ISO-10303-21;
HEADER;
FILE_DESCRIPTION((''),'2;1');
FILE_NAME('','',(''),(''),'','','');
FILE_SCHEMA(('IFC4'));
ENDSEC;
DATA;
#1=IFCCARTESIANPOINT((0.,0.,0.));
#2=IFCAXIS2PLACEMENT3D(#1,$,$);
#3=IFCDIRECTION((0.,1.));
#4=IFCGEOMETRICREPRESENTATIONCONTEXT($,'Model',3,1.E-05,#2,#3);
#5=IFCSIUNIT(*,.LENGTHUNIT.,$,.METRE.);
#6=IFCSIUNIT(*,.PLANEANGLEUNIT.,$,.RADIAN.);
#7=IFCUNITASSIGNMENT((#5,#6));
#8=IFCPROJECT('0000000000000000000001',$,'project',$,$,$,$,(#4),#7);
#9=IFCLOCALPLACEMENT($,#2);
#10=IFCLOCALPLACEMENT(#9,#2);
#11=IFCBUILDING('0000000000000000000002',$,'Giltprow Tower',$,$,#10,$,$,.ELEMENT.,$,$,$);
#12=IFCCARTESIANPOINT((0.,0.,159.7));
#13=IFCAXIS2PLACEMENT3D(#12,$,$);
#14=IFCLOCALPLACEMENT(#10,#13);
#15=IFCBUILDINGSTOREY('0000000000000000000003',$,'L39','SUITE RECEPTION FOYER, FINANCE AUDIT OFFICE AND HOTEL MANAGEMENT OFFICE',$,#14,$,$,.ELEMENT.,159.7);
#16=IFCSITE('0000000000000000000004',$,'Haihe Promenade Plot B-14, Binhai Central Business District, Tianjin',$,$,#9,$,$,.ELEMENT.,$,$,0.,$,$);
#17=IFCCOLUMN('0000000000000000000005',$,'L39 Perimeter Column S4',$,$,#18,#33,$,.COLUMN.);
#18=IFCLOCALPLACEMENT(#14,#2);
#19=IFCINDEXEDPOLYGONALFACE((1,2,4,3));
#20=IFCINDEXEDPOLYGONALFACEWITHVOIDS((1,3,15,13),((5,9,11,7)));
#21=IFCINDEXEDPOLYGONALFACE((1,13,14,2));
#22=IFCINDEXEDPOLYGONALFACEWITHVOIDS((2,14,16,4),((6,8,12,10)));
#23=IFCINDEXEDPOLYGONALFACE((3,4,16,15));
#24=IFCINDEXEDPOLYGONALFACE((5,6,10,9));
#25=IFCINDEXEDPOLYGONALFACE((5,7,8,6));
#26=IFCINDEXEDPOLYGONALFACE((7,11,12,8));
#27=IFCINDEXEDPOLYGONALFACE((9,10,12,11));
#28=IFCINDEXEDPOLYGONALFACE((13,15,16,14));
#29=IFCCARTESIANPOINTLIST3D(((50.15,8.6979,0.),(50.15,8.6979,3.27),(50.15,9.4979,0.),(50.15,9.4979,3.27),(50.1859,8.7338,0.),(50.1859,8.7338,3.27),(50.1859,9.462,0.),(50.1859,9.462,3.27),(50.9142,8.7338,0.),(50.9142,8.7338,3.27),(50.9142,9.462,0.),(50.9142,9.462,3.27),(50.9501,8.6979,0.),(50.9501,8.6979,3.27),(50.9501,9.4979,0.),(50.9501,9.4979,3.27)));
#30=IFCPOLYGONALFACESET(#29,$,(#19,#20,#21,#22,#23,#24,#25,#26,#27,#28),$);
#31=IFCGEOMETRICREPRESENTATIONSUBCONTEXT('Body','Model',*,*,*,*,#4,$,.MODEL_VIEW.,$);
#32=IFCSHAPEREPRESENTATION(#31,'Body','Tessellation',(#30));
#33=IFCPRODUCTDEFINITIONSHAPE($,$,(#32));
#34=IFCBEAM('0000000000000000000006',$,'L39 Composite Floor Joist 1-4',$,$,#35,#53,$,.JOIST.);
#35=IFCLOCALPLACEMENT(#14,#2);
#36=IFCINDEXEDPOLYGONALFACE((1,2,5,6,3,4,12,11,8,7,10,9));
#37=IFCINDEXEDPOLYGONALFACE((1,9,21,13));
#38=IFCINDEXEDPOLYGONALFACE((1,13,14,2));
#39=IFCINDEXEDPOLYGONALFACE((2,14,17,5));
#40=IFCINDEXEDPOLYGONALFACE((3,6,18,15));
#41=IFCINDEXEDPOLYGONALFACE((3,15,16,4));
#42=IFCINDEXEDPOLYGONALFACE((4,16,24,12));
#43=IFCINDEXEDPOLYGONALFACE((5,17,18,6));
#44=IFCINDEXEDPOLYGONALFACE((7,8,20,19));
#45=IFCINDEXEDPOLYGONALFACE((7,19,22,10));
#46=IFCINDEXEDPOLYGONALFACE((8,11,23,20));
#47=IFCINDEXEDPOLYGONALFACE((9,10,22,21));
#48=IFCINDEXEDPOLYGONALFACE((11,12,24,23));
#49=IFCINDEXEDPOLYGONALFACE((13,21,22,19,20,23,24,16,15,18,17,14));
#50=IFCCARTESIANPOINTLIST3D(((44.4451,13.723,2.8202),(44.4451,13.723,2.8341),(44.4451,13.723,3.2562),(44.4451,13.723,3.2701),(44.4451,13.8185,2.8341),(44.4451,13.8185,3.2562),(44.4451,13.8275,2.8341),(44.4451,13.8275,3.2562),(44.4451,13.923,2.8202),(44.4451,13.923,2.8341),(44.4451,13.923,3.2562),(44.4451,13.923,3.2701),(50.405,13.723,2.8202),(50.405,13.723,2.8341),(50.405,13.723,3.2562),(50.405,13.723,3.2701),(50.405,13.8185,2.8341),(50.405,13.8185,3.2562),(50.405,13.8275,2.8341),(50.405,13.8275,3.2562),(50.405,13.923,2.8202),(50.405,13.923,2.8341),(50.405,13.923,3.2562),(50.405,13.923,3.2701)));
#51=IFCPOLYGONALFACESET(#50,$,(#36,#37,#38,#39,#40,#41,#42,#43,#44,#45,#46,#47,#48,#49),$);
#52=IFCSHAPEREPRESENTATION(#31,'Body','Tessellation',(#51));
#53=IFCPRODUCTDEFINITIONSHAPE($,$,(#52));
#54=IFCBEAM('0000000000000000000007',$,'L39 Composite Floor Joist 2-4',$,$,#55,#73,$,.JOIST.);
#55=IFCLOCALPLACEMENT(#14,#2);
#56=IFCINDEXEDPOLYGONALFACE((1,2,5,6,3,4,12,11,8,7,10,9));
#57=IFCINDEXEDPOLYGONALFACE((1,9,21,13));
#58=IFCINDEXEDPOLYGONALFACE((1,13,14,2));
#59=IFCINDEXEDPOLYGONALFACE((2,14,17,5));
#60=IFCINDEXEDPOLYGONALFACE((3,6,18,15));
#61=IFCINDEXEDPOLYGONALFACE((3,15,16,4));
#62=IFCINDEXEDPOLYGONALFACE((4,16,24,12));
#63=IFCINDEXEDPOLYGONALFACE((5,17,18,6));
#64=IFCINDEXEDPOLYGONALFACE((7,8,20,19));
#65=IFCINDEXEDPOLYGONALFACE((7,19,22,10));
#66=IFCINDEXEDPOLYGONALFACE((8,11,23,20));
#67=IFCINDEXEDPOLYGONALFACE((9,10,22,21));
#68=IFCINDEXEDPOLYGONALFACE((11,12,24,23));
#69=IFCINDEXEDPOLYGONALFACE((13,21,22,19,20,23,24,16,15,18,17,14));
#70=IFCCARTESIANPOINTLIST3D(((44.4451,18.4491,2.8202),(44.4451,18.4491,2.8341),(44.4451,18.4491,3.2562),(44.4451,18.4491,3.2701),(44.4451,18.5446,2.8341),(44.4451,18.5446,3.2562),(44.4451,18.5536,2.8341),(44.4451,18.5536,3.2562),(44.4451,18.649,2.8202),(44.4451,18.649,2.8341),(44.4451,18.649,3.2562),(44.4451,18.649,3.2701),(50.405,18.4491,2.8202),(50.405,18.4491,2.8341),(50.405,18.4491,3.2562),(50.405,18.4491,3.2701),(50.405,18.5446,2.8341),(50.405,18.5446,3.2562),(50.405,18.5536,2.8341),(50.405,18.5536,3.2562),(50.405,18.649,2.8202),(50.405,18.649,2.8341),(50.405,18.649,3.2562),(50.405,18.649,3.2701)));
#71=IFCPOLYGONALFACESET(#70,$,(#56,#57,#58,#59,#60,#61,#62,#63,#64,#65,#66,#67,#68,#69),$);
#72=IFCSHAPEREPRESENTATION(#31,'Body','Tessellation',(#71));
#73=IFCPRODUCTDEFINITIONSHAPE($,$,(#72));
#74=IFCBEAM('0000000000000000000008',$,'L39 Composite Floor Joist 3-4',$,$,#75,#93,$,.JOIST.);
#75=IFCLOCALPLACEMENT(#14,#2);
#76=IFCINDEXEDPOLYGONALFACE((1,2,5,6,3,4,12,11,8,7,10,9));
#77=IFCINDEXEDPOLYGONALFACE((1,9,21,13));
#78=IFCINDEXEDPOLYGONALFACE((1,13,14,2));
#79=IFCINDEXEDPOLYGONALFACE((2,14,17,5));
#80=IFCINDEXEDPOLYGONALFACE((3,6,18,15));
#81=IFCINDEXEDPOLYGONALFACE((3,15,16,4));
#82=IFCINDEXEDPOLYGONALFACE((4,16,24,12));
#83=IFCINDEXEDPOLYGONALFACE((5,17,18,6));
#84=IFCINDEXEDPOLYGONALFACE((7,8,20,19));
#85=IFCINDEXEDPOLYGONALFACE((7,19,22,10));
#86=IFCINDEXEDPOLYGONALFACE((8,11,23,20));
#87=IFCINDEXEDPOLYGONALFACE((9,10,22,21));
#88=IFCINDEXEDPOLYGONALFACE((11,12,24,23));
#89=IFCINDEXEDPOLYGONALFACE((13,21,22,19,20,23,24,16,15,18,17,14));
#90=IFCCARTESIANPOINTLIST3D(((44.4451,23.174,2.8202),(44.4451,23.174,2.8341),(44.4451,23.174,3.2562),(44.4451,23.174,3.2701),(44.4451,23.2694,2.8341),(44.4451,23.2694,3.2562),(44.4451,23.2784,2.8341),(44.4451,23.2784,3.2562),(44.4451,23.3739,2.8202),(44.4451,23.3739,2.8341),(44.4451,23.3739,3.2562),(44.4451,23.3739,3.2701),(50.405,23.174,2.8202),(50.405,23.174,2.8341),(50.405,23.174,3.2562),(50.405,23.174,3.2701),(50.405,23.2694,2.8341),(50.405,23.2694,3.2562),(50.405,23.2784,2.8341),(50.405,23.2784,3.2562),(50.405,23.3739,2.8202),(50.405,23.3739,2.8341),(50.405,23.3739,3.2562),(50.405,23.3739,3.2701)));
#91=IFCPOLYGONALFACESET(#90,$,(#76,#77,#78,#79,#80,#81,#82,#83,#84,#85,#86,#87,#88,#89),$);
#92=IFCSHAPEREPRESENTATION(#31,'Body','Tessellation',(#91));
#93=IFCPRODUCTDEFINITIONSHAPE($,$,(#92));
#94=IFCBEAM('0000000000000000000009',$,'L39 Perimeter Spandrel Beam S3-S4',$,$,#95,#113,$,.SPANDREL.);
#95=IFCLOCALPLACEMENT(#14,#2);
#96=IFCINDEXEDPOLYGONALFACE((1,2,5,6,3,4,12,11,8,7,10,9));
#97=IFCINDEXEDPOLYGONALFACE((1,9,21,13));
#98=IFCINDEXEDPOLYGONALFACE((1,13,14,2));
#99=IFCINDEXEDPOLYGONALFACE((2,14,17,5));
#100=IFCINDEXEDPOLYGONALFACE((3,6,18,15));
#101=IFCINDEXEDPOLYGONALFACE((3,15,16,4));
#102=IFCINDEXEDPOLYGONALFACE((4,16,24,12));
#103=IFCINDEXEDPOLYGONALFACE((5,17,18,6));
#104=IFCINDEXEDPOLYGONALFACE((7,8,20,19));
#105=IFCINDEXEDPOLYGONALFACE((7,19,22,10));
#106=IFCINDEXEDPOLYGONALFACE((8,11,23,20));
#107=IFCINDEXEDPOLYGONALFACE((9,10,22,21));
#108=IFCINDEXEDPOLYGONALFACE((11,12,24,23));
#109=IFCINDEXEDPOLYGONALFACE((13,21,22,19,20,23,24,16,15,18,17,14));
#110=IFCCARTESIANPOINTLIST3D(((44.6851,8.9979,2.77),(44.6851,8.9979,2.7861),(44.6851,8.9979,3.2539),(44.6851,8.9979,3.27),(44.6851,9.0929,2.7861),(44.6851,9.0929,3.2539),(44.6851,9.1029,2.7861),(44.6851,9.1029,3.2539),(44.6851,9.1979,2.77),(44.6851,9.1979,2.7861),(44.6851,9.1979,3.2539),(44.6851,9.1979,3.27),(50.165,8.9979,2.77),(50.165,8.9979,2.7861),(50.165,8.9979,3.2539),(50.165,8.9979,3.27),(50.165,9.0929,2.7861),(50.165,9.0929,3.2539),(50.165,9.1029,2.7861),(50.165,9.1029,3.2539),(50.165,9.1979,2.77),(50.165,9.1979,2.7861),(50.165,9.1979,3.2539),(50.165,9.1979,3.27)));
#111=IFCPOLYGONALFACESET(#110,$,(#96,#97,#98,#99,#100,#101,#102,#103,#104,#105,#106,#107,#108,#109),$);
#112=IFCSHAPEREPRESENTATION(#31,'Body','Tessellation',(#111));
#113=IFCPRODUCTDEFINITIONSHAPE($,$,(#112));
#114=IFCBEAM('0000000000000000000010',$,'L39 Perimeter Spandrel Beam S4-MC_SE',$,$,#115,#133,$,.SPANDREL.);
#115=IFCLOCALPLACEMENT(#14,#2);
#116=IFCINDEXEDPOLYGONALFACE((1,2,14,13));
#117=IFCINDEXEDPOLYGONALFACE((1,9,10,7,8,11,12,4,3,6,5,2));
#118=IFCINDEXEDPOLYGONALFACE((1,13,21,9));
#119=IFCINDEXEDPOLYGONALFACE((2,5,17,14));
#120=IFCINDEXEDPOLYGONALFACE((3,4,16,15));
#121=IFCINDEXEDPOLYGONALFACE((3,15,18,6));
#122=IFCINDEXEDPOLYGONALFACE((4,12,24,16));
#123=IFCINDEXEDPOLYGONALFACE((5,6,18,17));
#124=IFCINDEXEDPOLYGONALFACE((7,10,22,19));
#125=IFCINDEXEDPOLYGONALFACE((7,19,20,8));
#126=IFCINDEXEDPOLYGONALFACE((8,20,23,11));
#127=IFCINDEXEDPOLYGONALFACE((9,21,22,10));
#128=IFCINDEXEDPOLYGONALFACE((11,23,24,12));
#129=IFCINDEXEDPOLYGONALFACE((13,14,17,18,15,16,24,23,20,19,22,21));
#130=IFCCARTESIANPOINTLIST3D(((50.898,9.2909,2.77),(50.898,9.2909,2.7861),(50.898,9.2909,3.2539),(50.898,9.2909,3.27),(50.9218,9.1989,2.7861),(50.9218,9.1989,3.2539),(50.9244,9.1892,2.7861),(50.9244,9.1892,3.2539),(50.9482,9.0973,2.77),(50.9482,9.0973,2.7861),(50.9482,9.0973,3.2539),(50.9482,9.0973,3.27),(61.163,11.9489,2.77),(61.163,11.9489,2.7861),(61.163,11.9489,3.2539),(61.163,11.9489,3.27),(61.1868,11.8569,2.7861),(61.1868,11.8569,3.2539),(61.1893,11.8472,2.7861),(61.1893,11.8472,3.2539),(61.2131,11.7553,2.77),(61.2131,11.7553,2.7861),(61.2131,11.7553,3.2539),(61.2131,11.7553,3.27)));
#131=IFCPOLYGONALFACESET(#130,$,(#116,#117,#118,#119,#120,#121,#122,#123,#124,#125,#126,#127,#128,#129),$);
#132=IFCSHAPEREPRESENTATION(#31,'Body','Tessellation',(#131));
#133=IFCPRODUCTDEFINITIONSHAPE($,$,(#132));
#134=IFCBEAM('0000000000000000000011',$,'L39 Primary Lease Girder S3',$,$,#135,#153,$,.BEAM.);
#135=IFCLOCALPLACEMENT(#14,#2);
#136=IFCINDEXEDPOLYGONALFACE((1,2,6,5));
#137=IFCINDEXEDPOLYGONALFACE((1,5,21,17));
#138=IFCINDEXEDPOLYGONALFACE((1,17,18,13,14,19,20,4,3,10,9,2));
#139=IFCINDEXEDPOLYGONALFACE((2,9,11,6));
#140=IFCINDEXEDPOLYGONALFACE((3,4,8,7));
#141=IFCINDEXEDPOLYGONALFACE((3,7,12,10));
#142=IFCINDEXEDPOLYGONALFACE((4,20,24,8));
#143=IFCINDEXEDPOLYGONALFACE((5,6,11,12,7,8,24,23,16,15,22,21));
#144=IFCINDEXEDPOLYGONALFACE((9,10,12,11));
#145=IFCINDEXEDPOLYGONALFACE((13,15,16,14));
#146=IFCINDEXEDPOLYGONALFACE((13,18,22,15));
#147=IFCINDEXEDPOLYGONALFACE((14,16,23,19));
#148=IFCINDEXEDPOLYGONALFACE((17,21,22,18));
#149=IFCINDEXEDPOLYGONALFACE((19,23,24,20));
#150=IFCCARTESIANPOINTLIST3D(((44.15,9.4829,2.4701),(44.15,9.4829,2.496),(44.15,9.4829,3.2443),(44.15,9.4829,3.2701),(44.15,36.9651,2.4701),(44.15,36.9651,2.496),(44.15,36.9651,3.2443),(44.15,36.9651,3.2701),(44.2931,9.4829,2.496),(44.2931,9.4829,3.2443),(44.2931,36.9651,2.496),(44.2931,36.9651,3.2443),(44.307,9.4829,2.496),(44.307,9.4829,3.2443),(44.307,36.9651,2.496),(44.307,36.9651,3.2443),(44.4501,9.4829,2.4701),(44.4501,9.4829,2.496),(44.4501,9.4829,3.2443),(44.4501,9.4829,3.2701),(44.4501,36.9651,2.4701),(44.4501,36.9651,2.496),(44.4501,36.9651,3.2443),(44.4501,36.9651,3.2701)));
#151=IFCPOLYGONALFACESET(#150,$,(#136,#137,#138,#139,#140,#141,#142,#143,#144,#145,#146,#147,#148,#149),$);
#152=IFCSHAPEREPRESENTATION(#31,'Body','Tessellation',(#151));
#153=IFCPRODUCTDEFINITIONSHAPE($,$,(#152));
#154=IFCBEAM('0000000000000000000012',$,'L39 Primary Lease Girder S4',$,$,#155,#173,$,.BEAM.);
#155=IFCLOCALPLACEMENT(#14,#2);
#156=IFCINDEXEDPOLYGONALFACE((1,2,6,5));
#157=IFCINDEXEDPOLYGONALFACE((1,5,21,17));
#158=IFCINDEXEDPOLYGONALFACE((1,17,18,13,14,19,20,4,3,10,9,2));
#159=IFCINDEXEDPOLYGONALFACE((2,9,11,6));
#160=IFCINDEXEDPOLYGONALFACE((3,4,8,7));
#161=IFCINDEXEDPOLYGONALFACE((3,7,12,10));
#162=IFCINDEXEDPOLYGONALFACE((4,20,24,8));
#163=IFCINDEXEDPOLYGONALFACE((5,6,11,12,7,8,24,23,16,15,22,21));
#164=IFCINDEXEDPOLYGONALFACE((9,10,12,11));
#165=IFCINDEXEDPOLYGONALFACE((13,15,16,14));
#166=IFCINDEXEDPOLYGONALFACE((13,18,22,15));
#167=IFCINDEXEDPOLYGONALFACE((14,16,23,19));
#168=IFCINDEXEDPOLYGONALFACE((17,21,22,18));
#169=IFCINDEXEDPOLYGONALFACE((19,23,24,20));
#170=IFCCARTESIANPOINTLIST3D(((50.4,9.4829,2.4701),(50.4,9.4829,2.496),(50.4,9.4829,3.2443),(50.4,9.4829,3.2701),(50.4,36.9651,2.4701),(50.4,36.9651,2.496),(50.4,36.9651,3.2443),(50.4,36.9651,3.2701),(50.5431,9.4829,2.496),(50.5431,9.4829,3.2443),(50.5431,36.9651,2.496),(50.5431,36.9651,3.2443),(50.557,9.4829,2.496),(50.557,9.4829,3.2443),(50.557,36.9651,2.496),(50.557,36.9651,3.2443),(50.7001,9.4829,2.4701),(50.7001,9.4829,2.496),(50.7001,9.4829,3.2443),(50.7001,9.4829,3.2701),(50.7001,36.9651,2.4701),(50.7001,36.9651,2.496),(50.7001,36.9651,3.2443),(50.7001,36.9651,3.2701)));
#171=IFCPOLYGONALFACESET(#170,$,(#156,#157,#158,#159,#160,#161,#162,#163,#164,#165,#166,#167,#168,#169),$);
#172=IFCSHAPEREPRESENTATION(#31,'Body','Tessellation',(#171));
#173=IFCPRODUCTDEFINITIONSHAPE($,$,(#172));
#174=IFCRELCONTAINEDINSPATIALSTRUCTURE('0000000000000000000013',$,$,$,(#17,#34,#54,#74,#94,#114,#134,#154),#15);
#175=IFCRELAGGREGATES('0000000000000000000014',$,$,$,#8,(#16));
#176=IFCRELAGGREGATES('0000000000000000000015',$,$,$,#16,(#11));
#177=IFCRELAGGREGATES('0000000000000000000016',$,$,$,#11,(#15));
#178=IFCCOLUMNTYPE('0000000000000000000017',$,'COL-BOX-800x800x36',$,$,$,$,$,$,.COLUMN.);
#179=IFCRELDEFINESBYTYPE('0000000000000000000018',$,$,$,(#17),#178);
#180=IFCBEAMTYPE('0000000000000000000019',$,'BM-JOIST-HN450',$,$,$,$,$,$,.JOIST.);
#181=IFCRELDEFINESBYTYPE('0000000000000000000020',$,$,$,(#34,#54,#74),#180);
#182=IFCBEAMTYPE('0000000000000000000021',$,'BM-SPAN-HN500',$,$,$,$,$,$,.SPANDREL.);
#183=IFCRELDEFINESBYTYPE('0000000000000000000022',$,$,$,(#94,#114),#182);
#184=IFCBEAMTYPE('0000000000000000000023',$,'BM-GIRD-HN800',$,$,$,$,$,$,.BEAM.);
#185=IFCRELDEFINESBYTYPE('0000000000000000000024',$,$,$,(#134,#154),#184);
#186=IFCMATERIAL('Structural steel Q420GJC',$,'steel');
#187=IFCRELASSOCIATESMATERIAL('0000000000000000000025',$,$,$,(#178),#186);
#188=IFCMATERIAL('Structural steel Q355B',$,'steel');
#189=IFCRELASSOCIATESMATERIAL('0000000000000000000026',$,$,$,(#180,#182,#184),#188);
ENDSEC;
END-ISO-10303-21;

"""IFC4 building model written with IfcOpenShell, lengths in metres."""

from ifc_helpers import new_model, si_unit, direction, frame, origin, origin_2d, place, context, subcontext, project, spatial, hollow_rectangle, i_section, extrude, source, transform, mapped, material, material_profile, profile_set, type_object, element, save


model = new_model("IFC4")

# Units and contexts
model_context = context("Model", 3, precision=1e-05, world=origin(), true_north=direction((0.0, 1.0)))
body_context = subcontext(model_context, "Body", "Model", "MODEL_VIEW")
ifc_project = project(units=[si_unit("LENGTHUNIT", "METRE"), si_unit("PLANEANGLEUNIT", "RADIAN")], contexts=[model_context])

# Site, building, storey
site_placement = place(None, origin())
site = spatial("IfcSite", under=ifc_project, at=site_placement, Name="Haihe Promenade Plot B-14, Binhai Central Business District, Tianjin", CompositionType="ELEMENT", RefElevation=0.0)
building_placement = place(site_placement, origin())
building = spatial("IfcBuilding", under=site, at=building_placement, Name="Giltprow Tower", CompositionType="ELEMENT")
storey_placement = place(building_placement, frame((0.0, 0.0, 159.7)))
storey = spatial("IfcBuildingStorey", under=building, at=storey_placement, Name="L39", Description="SUITE RECEPTION FOYER, FINANCE AUDIT OFFICE AND HOTEL MANAGEMENT OFFICE", CompositionType="ELEMENT", Elevation=159.7)

# Column
ifc_material_1 = material(Name="Structural steel Q420GJC", Category="steel")
ifc_material_profile_1 = material_profile(ifc_material_1, hollow_rectangle(XDim=0.8, YDim=0.8, WallThickness=0.0359, at=origin_2d()), Name="BOX 800x800x36")
ifc_profile_set_1 = profile_set([ifc_material_profile_1], Name="Structural steel Q420GJC")
column_type = type_object("IfcColumnType", Name="COL-BOX-800x800x36", PredefinedType="COLUMN", material=ifc_profile_set_1)
shared_shape_1 = source(origin(), body_context, "Body", "SweptSolid", [
    extrude(hollow_rectangle(XDim=0.8, YDim=0.8, WallThickness=0.0359, at=origin_2d()), origin(), (0.0, 0.0, 1.0), 3.27),
])
column_placement = place(storey_placement, frame((50.55, 9.0979, 0.0), z_axis=(0.0, 0.0, 1.0), x_axis=(1.0, 0.0, 0.0)))
element("IfcColumn", 1, at=column_placement, inside=storey, type_object=column_type, Name="L39 Perimeter Column S4", PredefinedType="COLUMN", context=body_context, shape_type="MappedRepresentation", body=[
    mapped(shared_shape_1, transform((0.0, 0.0, 0.0), x_axis=(1.0, 0.0, 0.0), y_axis=(0.0, 1.0, 0.0), z_axis=(0.0, 0.0, 1.0), scale=1.0)),
])

# Beams
ifc_material_2 = material(Name="Structural steel Q355B", Category="steel")
ifc_material_profile_2 = material_profile(ifc_material_2, i_section(OverallWidth=0.2, OverallDepth=0.45, WebThickness=0.009, FlangeThickness=0.0139, at=origin_2d()), Name="HN 450x200x9x14")
ifc_profile_set_2 = profile_set([ifc_material_profile_2], Name="Structural steel Q355B")
beam_type_1 = type_object("IfcBeamType", Name="BM-JOIST-HN450", PredefinedType="JOIST", material=ifc_profile_set_2)
shared_shape_2 = source(origin(), body_context, "Body", "SweptSolid", [
    extrude(i_section(OverallWidth=0.2, OverallDepth=0.45, WebThickness=0.009, FlangeThickness=0.0139, at=origin_2d()), origin(), (0.0, 0.0, 1.0), 5.96),
])
for number, where, z_axis, x_axis, name in (
    (2, (44.4451, 13.823, 3.0452), (1.0, 0.0, 0.0), (0.0, 1.0, 0.0), "L39 Composite Floor Joist 1-4"),
    (3, (44.4451, 18.5491, 3.0452), (1.0, 0.0, 0.0), (0.0, 1.0, 0.0), "L39 Composite Floor Joist 2-4"),
    (4, (44.4451, 23.2739, 3.0452), (1.0, 0.0, 0.0), (0.0, 1.0, 0.0), "L39 Composite Floor Joist 3-4"),
):
    element("IfcBeam", number, at=place(storey_placement, frame(where, z_axis=z_axis, x_axis=x_axis)), inside=storey, type_object=beam_type_1, Name=name, PredefinedType="JOIST", context=body_context, shape_type="MappedRepresentation", body=[
        mapped(shared_shape_2, transform((0.0, 0.0, 0.0), x_axis=(1.0, 0.0, 0.0), y_axis=(0.0, 1.0, 0.0), z_axis=(0.0, 0.0, 1.0), scale=1.0)),
    ])
ifc_material_profile_3 = material_profile(ifc_material_2, i_section(OverallWidth=0.2, OverallDepth=0.5, WebThickness=0.01, FlangeThickness=0.0161, at=origin_2d()), Name="HN 500x200x10x16")
ifc_profile_set_3 = profile_set([ifc_material_profile_3], Name="Structural steel Q355B")
beam_type_2 = type_object("IfcBeamType", Name="BM-SPAN-HN500", PredefinedType="SPANDREL", material=ifc_profile_set_3)
shared_shape_3 = source(origin(), body_context, "Body", "SweptSolid", [
    extrude(i_section(OverallWidth=0.2, OverallDepth=0.5, WebThickness=0.01, FlangeThickness=0.0161, at=origin_2d()), origin(), (0.0, 0.0, 1.0), 5.48),
])
beam_1_placement = place(storey_placement, frame((44.6851, 9.0979, 3.02), z_axis=(1.0, 0.0, 0.0), x_axis=(0.0, 1.0, 0.0)))
element("IfcBeam", 5, at=beam_1_placement, inside=storey, type_object=beam_type_2, Name="L39 Perimeter Spandrel Beam S3-S4", PredefinedType="SPANDREL", context=body_context, shape_type="MappedRepresentation", body=[
    mapped(shared_shape_3, transform((0.0, 0.0, 0.0), x_axis=(1.0, 0.0, 0.0), y_axis=(0.0, 1.0, 0.0), z_axis=(0.0, 0.0, 1.0), scale=1.0)),
])
shared_shape_4 = source(origin(), body_context, "Body", "SweptSolid", [
    extrude(i_section(OverallWidth=0.2, OverallDepth=0.5, WebThickness=0.01, FlangeThickness=0.0161, at=origin_2d()), origin(), (0.0, 0.0, 1.0), 10.6035),
])
beam_2_placement = place(storey_placement, frame((50.9231, 9.1941, 3.02), z_axis=(0.968073, 0.25067, 0.0), x_axis=(-0.25067, 0.968073, 0.0)))
element("IfcBeam", 6, at=beam_2_placement, inside=storey, type_object=beam_type_2, Name="L39 Perimeter Spandrel Beam S4-MC_SE", PredefinedType="SPANDREL", context=body_context, shape_type="MappedRepresentation", body=[
    mapped(shared_shape_4, transform((0.0, 0.0, 0.0), x_axis=(1.0, 0.0, 0.0), y_axis=(0.0, 1.0, 0.0), z_axis=(0.0, 0.0, 1.0), scale=1.0)),
])
ifc_material_profile_4 = material_profile(ifc_material_2, i_section(OverallWidth=0.3, OverallDepth=0.8, WebThickness=0.0139, FlangeThickness=0.0259, at=origin_2d()), Name="HN 800x300x14x26")
ifc_profile_set_4 = profile_set([ifc_material_profile_4], Name="Structural steel Q355B")
beam_type_3 = type_object("IfcBeamType", Name="BM-GIRD-HN800", PredefinedType="BEAM", material=ifc_profile_set_4)
shared_shape_5 = source(origin(), body_context, "Body", "SweptSolid", [
    extrude(i_section(OverallWidth=0.3, OverallDepth=0.8, WebThickness=0.0139, FlangeThickness=0.0259, at=origin_2d()), origin(), (0.0, 0.0, 1.0), 27.4822),
])
for number, where, z_axis, x_axis, name in (
    (7, (44.3, 9.4829, 2.8701), (0.0, 1.0, 0.0), (-1.0, 0.0, 0.0), "L39 Primary Lease Girder S3"),
    (8, (50.55, 9.4829, 2.8701), (0.0, 1.0, 0.0), (-1.0, 0.0, 0.0), "L39 Primary Lease Girder S4"),
):
    element("IfcBeam", number, at=place(storey_placement, frame(where, z_axis=z_axis, x_axis=x_axis)), inside=storey, type_object=beam_type_3, Name=name, PredefinedType="BEAM", context=body_context, shape_type="MappedRepresentation", body=[
        mapped(shared_shape_5, transform((0.0, 0.0, 0.0), x_axis=(1.0, 0.0, 0.0), y_axis=(0.0, 1.0, 0.0), z_axis=(0.0, 0.0, 1.0), scale=1.0)),
    ])

save(model, "model.ifc")
